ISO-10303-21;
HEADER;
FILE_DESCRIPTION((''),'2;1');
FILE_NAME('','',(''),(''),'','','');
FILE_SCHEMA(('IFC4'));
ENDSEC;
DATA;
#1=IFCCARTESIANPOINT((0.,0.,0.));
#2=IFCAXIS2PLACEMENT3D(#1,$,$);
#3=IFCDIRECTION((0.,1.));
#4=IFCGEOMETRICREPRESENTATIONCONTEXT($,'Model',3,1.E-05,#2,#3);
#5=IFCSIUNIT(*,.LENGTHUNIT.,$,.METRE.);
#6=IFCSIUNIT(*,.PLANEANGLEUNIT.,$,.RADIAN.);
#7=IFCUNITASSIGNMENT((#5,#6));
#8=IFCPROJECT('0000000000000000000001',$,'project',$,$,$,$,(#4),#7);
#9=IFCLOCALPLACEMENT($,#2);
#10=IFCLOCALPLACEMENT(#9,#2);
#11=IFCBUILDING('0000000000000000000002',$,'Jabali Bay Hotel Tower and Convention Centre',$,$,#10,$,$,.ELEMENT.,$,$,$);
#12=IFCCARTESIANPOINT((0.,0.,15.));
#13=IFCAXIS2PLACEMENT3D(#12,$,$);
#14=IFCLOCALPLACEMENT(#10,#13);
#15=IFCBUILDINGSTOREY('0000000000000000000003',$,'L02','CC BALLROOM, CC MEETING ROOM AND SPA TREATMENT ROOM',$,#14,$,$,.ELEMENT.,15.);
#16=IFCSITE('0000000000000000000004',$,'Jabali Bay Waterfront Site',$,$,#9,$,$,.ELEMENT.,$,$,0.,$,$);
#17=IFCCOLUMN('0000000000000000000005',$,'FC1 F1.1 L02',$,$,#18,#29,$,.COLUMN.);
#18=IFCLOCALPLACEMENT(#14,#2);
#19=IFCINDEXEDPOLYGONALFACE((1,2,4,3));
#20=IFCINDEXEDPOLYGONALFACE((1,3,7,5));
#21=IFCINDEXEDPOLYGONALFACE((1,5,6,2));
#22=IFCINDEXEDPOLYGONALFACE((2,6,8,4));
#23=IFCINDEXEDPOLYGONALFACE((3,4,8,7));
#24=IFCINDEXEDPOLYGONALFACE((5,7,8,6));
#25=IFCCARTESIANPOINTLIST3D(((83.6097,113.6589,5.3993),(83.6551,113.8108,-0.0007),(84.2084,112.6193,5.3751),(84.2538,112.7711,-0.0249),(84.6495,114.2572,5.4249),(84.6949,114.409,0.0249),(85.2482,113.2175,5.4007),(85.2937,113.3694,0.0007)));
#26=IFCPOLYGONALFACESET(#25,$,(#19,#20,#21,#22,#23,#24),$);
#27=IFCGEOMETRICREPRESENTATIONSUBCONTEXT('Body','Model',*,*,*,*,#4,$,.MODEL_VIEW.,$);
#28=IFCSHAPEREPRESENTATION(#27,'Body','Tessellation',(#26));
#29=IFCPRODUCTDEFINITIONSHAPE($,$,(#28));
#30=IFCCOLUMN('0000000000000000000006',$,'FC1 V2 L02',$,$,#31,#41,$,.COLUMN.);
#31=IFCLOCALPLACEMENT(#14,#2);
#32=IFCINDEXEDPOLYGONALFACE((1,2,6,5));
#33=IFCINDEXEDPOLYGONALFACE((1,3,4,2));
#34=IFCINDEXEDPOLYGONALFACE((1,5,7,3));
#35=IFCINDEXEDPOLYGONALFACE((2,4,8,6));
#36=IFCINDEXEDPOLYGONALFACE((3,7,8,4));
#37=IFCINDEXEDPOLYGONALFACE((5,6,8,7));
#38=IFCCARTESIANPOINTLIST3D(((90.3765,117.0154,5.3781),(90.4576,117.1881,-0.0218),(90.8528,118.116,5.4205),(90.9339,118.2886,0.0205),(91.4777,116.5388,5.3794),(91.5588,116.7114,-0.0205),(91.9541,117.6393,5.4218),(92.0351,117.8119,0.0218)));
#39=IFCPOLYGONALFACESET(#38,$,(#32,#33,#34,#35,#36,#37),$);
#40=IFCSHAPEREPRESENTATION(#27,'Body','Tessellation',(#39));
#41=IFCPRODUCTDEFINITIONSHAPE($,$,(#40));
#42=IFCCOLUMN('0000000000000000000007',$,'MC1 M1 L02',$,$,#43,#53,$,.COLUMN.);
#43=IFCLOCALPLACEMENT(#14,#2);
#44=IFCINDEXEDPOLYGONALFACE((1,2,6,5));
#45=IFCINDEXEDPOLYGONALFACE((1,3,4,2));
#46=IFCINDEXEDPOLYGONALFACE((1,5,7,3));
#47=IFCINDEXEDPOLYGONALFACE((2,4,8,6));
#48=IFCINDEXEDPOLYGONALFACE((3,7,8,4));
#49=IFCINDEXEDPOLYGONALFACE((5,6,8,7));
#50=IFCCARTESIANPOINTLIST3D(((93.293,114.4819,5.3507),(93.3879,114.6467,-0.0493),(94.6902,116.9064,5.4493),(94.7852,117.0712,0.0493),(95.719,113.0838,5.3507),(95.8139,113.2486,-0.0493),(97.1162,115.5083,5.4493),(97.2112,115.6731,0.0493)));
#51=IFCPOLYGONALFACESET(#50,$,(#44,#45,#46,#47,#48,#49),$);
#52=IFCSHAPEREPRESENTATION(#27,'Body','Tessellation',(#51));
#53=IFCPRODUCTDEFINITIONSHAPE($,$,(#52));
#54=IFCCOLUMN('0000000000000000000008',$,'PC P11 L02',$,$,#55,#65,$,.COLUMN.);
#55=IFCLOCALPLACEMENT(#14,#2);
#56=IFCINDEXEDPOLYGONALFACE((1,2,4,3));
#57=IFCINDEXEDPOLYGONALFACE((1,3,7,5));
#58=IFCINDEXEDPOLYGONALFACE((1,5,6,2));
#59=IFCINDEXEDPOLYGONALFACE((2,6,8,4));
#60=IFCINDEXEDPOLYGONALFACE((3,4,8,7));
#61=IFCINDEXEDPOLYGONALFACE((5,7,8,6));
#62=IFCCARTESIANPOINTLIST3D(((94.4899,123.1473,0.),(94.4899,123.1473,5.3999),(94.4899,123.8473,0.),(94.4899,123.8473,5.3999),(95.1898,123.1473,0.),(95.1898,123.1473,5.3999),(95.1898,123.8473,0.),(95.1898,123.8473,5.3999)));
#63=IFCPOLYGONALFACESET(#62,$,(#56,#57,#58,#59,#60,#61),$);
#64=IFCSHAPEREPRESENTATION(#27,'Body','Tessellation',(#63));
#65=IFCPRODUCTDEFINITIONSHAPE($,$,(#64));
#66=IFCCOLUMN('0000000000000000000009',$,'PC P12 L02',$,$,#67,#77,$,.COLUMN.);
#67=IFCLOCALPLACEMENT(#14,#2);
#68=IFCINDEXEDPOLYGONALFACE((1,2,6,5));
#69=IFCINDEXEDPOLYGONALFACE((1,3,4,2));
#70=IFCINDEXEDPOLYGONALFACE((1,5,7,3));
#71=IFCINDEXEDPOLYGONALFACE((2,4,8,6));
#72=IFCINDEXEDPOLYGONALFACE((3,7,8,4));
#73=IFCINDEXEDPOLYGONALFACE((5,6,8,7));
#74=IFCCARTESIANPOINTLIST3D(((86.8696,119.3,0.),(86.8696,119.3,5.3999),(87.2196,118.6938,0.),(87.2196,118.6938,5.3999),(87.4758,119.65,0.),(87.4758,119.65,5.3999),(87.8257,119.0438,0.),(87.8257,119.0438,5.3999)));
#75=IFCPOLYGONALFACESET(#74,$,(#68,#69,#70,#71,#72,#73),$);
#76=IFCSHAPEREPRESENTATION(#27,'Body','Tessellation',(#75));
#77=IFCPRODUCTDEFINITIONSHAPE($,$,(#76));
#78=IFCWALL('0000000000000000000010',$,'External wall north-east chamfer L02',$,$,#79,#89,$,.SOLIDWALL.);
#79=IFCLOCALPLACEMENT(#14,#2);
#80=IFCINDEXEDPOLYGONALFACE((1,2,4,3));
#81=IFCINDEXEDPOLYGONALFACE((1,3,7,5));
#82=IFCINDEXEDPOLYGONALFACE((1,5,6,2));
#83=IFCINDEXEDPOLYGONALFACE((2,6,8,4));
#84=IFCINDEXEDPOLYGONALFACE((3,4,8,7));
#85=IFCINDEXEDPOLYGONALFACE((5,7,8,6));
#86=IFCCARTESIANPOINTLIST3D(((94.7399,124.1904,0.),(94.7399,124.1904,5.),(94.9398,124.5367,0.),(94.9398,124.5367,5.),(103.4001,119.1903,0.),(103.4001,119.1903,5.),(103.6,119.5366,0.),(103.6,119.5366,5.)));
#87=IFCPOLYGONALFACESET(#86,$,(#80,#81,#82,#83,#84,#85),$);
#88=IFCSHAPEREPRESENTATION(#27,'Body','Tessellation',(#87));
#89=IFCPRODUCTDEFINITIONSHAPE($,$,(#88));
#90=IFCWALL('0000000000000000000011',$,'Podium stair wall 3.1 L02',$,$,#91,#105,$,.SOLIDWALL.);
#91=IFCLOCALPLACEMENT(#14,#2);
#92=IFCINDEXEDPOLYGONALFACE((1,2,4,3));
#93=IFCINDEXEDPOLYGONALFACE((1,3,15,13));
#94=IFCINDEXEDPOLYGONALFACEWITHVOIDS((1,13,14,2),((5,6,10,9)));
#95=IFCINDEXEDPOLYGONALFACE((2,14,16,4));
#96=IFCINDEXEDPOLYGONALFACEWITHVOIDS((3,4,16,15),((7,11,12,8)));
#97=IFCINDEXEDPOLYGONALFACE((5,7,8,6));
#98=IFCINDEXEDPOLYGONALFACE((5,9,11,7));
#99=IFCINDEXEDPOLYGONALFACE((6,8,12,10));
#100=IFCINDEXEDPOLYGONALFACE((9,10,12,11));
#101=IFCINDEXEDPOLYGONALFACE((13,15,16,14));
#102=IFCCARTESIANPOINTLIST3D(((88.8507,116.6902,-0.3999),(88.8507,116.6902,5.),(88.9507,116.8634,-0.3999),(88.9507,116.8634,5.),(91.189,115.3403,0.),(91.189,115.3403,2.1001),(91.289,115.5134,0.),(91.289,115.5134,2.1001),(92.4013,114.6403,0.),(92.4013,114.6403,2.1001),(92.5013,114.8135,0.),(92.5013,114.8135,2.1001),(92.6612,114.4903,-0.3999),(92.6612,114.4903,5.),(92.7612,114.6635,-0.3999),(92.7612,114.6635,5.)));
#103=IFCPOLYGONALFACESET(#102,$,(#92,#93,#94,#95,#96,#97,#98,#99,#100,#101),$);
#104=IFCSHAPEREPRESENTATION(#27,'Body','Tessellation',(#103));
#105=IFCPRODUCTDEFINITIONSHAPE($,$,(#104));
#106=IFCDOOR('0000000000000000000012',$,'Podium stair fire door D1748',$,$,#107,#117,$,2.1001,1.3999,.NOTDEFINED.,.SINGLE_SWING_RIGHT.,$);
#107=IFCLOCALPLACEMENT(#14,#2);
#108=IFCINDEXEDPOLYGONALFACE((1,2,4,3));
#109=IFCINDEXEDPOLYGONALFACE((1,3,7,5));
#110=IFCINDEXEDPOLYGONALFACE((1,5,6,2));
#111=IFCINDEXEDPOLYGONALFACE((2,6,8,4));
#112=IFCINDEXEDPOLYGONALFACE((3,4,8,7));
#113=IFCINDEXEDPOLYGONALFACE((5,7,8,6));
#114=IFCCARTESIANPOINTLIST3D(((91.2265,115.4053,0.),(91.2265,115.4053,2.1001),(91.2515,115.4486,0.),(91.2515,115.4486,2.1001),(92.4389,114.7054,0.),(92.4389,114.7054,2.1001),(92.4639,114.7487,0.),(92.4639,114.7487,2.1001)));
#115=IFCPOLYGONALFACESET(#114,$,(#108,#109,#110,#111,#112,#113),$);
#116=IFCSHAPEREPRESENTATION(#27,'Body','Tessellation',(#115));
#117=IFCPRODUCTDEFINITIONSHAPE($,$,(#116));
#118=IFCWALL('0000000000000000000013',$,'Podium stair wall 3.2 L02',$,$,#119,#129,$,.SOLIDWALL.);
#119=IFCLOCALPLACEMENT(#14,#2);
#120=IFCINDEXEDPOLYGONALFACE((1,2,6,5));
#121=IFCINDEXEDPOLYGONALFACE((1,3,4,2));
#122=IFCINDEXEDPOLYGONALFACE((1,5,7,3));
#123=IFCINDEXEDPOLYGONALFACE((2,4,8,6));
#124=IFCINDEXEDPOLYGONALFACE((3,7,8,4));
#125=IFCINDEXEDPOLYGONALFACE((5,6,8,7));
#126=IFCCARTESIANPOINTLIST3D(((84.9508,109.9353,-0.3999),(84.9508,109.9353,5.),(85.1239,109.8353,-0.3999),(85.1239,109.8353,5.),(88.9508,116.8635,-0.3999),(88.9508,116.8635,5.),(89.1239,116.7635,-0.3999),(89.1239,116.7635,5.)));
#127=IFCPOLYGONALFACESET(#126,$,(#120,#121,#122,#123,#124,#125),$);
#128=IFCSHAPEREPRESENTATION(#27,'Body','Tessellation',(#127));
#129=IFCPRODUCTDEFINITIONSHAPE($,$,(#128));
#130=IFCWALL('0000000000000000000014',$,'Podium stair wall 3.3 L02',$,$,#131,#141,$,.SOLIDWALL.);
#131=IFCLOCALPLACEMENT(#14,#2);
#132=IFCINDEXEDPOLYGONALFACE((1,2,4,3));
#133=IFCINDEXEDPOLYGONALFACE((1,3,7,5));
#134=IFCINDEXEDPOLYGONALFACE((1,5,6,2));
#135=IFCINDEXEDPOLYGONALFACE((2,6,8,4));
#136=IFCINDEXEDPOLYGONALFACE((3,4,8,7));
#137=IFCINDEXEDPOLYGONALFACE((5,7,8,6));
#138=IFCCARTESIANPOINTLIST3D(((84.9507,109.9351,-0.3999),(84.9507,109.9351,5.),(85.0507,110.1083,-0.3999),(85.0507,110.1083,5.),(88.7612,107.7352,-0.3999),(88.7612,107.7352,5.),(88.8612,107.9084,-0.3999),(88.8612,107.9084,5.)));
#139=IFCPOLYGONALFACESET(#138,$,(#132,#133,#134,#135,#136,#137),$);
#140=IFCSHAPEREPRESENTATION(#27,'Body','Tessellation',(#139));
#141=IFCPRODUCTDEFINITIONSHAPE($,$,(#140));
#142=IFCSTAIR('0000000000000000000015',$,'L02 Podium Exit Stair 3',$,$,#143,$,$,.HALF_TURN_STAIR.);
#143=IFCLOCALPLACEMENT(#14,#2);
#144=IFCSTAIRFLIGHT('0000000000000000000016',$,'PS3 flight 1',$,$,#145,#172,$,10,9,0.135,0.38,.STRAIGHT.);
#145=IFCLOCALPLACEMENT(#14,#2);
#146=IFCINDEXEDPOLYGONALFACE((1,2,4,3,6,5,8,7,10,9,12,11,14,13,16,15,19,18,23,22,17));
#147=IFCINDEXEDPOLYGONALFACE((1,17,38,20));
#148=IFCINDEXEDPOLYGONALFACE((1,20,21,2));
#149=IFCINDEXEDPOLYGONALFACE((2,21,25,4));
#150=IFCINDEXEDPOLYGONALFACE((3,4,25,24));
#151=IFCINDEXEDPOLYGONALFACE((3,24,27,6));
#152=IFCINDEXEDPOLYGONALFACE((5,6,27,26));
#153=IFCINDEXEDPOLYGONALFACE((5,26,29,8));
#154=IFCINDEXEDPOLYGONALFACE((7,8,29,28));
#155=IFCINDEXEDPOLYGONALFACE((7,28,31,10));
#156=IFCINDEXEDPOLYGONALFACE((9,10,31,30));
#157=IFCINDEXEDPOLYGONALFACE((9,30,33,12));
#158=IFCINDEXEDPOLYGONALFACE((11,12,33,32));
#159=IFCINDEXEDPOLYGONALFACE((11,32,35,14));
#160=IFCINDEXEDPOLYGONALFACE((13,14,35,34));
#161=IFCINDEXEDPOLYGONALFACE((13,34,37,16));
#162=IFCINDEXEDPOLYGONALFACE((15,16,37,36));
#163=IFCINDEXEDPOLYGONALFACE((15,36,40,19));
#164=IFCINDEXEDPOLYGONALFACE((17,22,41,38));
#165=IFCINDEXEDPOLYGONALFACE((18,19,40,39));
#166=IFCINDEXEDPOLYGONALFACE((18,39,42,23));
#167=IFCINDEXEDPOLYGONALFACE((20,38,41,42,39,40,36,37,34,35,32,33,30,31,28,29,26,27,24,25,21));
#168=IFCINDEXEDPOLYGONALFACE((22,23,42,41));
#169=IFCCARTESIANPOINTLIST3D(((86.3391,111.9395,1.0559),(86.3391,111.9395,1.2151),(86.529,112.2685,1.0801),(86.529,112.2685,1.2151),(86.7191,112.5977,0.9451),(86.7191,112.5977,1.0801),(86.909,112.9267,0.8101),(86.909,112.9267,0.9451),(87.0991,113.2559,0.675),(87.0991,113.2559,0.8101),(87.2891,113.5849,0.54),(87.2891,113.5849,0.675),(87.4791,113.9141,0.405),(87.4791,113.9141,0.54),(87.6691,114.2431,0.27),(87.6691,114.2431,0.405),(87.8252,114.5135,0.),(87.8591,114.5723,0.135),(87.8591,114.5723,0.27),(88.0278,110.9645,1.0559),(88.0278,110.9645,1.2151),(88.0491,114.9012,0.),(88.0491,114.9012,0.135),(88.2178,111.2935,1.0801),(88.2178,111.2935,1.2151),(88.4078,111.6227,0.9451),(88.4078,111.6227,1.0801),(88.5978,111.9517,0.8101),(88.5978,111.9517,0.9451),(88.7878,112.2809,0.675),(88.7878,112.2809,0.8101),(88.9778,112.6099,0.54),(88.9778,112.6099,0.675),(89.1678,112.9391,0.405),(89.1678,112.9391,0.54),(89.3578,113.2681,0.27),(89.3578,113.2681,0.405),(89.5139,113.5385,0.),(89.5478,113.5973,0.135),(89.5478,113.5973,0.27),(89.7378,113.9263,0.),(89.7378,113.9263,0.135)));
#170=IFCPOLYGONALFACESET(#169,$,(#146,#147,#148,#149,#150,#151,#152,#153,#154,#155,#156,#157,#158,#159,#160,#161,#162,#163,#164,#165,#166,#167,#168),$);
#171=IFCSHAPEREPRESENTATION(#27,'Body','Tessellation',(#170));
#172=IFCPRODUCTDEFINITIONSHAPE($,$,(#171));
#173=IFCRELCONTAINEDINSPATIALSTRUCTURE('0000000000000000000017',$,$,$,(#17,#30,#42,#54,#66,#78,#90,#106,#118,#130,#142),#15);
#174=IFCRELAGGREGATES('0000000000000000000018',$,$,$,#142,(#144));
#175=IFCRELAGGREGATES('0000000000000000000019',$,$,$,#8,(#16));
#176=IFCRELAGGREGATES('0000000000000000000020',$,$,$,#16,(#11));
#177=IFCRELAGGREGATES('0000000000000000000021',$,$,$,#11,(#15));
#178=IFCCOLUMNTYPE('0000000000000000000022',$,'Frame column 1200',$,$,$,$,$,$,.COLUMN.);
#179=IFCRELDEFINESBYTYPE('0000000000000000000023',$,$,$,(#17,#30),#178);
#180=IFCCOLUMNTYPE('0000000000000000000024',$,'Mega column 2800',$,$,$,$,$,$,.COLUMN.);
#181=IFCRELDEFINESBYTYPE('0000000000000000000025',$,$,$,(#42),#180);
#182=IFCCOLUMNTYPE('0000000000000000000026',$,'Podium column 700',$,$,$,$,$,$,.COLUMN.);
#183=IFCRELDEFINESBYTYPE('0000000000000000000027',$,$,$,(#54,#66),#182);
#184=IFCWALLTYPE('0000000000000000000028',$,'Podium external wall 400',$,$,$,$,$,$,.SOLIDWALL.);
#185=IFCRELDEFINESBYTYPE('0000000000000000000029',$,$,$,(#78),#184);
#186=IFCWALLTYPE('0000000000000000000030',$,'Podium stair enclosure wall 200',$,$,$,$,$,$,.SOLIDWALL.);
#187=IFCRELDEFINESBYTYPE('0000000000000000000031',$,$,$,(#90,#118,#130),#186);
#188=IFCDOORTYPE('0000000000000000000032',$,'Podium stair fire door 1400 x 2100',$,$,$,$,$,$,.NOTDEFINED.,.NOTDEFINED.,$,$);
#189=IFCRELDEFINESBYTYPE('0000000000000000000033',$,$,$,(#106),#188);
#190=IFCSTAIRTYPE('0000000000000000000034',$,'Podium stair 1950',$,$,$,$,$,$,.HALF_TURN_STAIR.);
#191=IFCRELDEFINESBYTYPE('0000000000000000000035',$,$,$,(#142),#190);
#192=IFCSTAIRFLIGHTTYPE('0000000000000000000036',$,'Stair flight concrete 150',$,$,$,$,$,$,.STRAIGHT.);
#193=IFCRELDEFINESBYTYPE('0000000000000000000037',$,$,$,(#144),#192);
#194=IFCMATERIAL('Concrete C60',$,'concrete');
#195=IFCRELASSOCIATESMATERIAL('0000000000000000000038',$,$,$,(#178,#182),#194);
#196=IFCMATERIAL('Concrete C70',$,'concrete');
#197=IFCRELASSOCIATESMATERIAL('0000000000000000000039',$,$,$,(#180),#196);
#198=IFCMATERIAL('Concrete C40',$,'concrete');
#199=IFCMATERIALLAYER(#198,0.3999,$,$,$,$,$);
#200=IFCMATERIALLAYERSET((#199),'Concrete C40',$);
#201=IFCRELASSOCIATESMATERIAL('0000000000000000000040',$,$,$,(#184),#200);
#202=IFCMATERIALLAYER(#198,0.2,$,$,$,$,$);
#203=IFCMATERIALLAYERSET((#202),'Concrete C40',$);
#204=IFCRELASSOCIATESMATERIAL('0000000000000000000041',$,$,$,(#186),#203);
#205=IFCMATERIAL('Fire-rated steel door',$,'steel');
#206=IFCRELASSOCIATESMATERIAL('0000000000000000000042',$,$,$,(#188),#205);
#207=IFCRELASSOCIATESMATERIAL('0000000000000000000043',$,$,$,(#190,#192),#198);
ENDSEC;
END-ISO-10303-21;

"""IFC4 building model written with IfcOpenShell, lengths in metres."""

from ifc_helpers import new_model, si_unit, direction, frame, frame_2d, origin, origin_2d, place, context, subcontext, project, spatial, polyline, rectangle, outline, extrude, material, layer, layer_set, material_profile, profile_set, type_object, element, fill, aggregate, save


model = new_model("IFC4")

# Units and contexts
model_context = context("Model", 3, precision=1e-05, world=origin(), true_north=direction((0.0, 1.0)))
body_context = subcontext(model_context, "Body", "Model", "MODEL_VIEW")
ifc_project = project(units=[si_unit("LENGTHUNIT", "METRE"), si_unit("PLANEANGLEUNIT", "RADIAN")], contexts=[model_context])

# Site, building, storey
site_placement = place(None, origin())
site = spatial("IfcSite", under=ifc_project, at=site_placement, Name="Jabali Bay Waterfront Site", CompositionType="ELEMENT", RefElevation=0.0)
building_placement = place(site_placement, origin())
building = spatial("IfcBuilding", under=site, at=building_placement, Name="Jabali Bay Hotel Tower and Convention Centre", CompositionType="ELEMENT")
storey_placement = place(building_placement, frame((0.0, 0.0, 15.0)))
storey = spatial("IfcBuildingStorey", under=building, at=storey_placement, Name="L02", Description="CC BALLROOM, CC MEETING ROOM AND SPA TREATMENT ROOM", CompositionType="ELEMENT", Elevation=15.0)

# Columns
ifc_material_1 = material(Name="Concrete C60", Category="concrete")
ifc_material_profile_1 = material_profile(ifc_material_1, rectangle(XDim=1.2, YDim=1.2, at=origin_2d()), Name="Frame column 1200")
ifc_profile_set_1 = profile_set([ifc_material_profile_1], Name="Concrete C60")
column_type_1 = type_object("IfcColumnType", Name="Frame column 1200", PredefinedType="COLUMN", material=ifc_profile_set_1)
column_1_placement = place(storey_placement, frame((84.4744, 113.5901, 0.0), z_axis=(-0.008406, -0.02811, 0.999569), x_axis=(0.866589, 0.498567, 0.021308)))
element("IfcColumn", 1, at=column_1_placement, inside=storey, type_object=column_type_1, Name="FC1 F1.1 L02", PredefinedType="COLUMN", context=body_context, shape_type="SweptSolid", body=[
    extrude(rectangle(XDim=1.2, YDim=1.2, at=origin_2d()), origin(), (0.0, 0.0, 1.0), 5.4023),
])
column_2_placement = place(storey_placement, frame((91.2463, 117.5, 0.0), z_axis=(-0.015001, -0.031945, 0.999377), x_axis=(0.917717, -0.397234, 0.001078)))
element("IfcColumn", 2, at=column_2_placement, inside=storey, type_object=column_type_1, Name="FC1 V2 L02", PredefinedType="COLUMN", context=body_context, shape_type="SweptSolid", body=[
    extrude(rectangle(XDim=1.2, YDim=1.2, at=origin_2d()), origin(), (0.0, 0.0, 1.0), 5.4033),
])
ifc_material_2 = material(Name="Concrete C70", Category="concrete")
ifc_material_profile_2 = material_profile(ifc_material_2, rectangle(XDim=2.8, YDim=2.8, at=origin_2d()), Name="Mega column 2800")
ifc_profile_set_2 = profile_set([ifc_material_profile_2], Name="Concrete C70")
column_type_2 = type_object("IfcColumnType", Name="Mega column 2800", PredefinedType="COLUMN", material=ifc_profile_set_2)
column_3_placement = place(storey_placement, frame((95.2996, 115.1599, 0.0), z_axis=(-0.017577, -0.030499, 0.99938), x_axis=(0.49901, 0.865881, 0.035201)))
element("IfcColumn", 3, at=column_3_placement, inside=storey, type_object=column_type_2, Name="MC1 M1 L02", PredefinedType="COLUMN", context=body_context, shape_type="SweptSolid", body=[
    extrude(rectangle(XDim=2.8, YDim=2.8, at=origin_2d()), origin(), (0.0, 0.0, 1.0), 5.4033),
])
ifc_material_profile_3 = material_profile(ifc_material_1, rectangle(XDim=0.7, YDim=0.7, at=origin_2d()), Name="Podium column 700")
ifc_profile_set_3 = profile_set([ifc_material_profile_3], Name="Concrete C60")
column_type_3 = type_object("IfcColumnType", Name="Podium column 700", PredefinedType="COLUMN", material=ifc_profile_set_3)
for number, where, z_axis, x_axis, name in (
    (4, (94.8398, 123.4973, 0.0), (0.0, 0.0, 1.0), (0.0, 1.0, 0.0), "PC P11 L02"),
    (5, (87.3477, 119.1719, 0.0), (0.0, 0.0, 1.0), (0.866025, 0.5, 0.0), "PC P12 L02"),
):
    element("IfcColumn", number, at=place(storey_placement, frame(where, z_axis=z_axis, x_axis=x_axis)), inside=storey, type_object=column_type_3, Name=name, PredefinedType="COLUMN", context=body_context, shape_type="SweptSolid", body=[
        extrude(rectangle(XDim=0.7, YDim=0.7, at=origin_2d()), origin(), (0.0, 0.0, 1.0), 5.3999),
    ])

# Wall
ifc_material_3 = material(Name="Concrete C40", Category="concrete")
ifc_layer_1 = layer(ifc_material_3, 0.3999)
ifc_layer_set_1 = layer_set([ifc_layer_1], Name="Concrete C40")
wall_type_1 = type_object("IfcWallType", Name="Podium external wall 400", PredefinedType="SOLIDWALL", material=ifc_layer_set_1)
wall_1_placement = place(storey_placement, frame((94.8398, 124.3635, 0.0), z_axis=(0.0, 0.0, 1.0), x_axis=(0.866023, -0.500004, 0.0)))
element("IfcWall", 6, at=wall_1_placement, inside=storey, type_object=wall_type_1, Name="External wall north-east chamfer L02", PredefinedType="SOLIDWALL", context=body_context, shape_type="SweptSolid", body=[
    extrude(rectangle(XDim=10.0, YDim=0.3999, at=frame_2d((5.0, 0.0))), origin(), (0.0, 0.0, 1.0), 5.0),
])

# Wall, opening, door
ifc_layer_2 = layer(ifc_material_3, 0.2)
ifc_layer_set_2 = layer_set([ifc_layer_2], Name="Concrete C40")
wall_type_2 = type_object("IfcWallType", Name="Podium stair enclosure wall 200", PredefinedType="SOLIDWALL", material=ifc_layer_set_2)
wall_2_placement = place(storey_placement, frame((92.7112, 114.5769, -0.3999), z_axis=(0.0, 0.0, 1.0), x_axis=(-0.866032, 0.499988, 0.0)))
wall_2 = element("IfcWall", 7, at=wall_2_placement, inside=storey, type_object=wall_type_2, Name="Podium stair wall 3.1 L02", PredefinedType="SOLIDWALL", context=body_context, shape_type="SweptSolid", body=[
    extrude(rectangle(XDim=4.3999, YDim=0.2, at=frame_2d((2.2, 0.0))), origin(), (0.0, 0.0, 1.0), 5.3999),
])
opening_placement = place(wall_2_placement, frame((0.3, 0.0, 0.3999)))
opening = element("IfcOpeningElement", 8, at=opening_placement, cuts=wall_2, PredefinedType="OPENING", context=body_context, shape_type="SweptSolid", body=[
    extrude(rectangle(XDim=1.3999, YDim=2.1001, at=frame_2d((0.7, 1.05))), frame((0.0, 0.1104, 0.0), z_axis=(0.0, -1.0, 0.0), x_axis=(1.0, 0.0, 0.0)), (0.0, 0.0, 1.0), 0.2209),
])
ifc_material_4 = material(Name="Fire-rated steel door", Category="steel")
door_type = type_object("IfcDoorType", Name="Podium stair fire door 1400 x 2100", OperationType="NOTDEFINED", PredefinedType="NOTDEFINED", material=ifc_material_4)
door_placement = place(opening_placement, origin())
door = element("IfcDoor", 9, at=door_placement, inside=storey, type_object=door_type, Name="Podium stair fire door D1748", OperationType="SINGLE_SWING_RIGHT", OverallHeight=2.1001, OverallWidth=1.3999, PredefinedType="NOTDEFINED", context=body_context, shape_type="SweptSolid", body=[
    extrude(rectangle(XDim=1.3999, YDim=2.1001, at=frame_2d((0.7, 1.05))), frame((0.0, 0.0249, 0.0), z_axis=(0.0, -1.0, 0.0), x_axis=(1.0, 0.0, 0.0)), (0.0, 0.0, 1.0), 0.05),
])
fill(opening, door)

# Walls
wall_3_placement = place(storey_placement, frame((89.0374, 116.8135, -0.3999), z_axis=(0.0, 0.0, 1.0), x_axis=(-0.499999, -0.866026, 0.0)))
element("IfcWall", 10, at=wall_3_placement, inside=storey, type_object=wall_type_2, Name="Podium stair wall 3.2 L02", PredefinedType="SOLIDWALL", context=body_context, shape_type="SweptSolid", body=[
    extrude(rectangle(XDim=8.0, YDim=0.2, at=frame_2d((4.0, 0.0))), origin(), (0.0, 0.0, 1.0), 5.3999),
])
wall_4_placement = place(storey_placement, frame((85.0007, 110.0217, -0.3999), z_axis=(0.0, 0.0, 1.0), x_axis=(0.866032, -0.499988, 0.0)))
element("IfcWall", 11, at=wall_4_placement, inside=storey, type_object=wall_type_2, Name="Podium stair wall 3.3 L02", PredefinedType="SOLIDWALL", context=body_context, shape_type="SweptSolid", body=[
    extrude(rectangle(XDim=4.3999, YDim=0.2, at=frame_2d((2.2, 0.0))), origin(), (0.0, 0.0, 1.0), 5.3999),
])

# Stair, stair flight
stair_type = type_object("IfcStairType", Name="Podium stair 1950", PredefinedType="HALF_TURN_STAIR", material=ifc_material_3)
stair_placement = place(storey_placement, origin())
stair = element("IfcStair", 12, at=stair_placement, inside=storey, type_object=stair_type, Name="L02 Podium Exit Stair 3", PredefinedType="HALF_TURN_STAIR")
stair_flight_type = type_object("IfcStairFlightType", Name="Stair flight concrete 150", PredefinedType="STRAIGHT", material=ifc_material_3)
stair_flight_1_placement = place(storey_placement, frame((88.8933, 114.4138, 0.0), z_axis=(0.0, 0.0, 1.0), x_axis=(-0.5, -0.866025, 0.0)))
stair_flight_1 = element("IfcStairFlight", 13, at=stair_flight_1_placement, type_object=stair_flight_type, Name="PS3 flight 1", NumberOfRisers=10, NumberOfTreads=9, PredefinedType="STRAIGHT", RiserHeight=0.135, TreadLength=0.38, context=body_context, shape_type="SweptSolid", body=[
    extrude(outline(polyline([(0.0, 0.0), (0.0, 0.135), (0.3799, 0.135), (0.3799, 0.27), (0.76, 0.27), (0.76, 0.405), (1.1399, 0.405), (1.1399, 0.54), (1.52, 0.54), (1.52, 0.675), (1.8999, 0.675), (1.8999, 0.8101), (2.28, 0.8101), (2.28, 0.9451), (2.6599, 0.9451), (2.6599, 1.0801), (3.04, 1.0801), (3.04, 1.2151), (3.4199, 1.2151), (3.4199, 1.3501), (3.4199, 1.0559), (0.4478, 0.0), (0.0, 0.0)])), frame((0.0, 0.9751, 0.0), z_axis=(0.0, -1.0, 0.0), x_axis=(1.0, 0.0, 0.0)), (0.0, 0.0, 1.0), 1.95),
])
aggregate(stair, [stair_flight_1])

save(model, "model.ifc")
